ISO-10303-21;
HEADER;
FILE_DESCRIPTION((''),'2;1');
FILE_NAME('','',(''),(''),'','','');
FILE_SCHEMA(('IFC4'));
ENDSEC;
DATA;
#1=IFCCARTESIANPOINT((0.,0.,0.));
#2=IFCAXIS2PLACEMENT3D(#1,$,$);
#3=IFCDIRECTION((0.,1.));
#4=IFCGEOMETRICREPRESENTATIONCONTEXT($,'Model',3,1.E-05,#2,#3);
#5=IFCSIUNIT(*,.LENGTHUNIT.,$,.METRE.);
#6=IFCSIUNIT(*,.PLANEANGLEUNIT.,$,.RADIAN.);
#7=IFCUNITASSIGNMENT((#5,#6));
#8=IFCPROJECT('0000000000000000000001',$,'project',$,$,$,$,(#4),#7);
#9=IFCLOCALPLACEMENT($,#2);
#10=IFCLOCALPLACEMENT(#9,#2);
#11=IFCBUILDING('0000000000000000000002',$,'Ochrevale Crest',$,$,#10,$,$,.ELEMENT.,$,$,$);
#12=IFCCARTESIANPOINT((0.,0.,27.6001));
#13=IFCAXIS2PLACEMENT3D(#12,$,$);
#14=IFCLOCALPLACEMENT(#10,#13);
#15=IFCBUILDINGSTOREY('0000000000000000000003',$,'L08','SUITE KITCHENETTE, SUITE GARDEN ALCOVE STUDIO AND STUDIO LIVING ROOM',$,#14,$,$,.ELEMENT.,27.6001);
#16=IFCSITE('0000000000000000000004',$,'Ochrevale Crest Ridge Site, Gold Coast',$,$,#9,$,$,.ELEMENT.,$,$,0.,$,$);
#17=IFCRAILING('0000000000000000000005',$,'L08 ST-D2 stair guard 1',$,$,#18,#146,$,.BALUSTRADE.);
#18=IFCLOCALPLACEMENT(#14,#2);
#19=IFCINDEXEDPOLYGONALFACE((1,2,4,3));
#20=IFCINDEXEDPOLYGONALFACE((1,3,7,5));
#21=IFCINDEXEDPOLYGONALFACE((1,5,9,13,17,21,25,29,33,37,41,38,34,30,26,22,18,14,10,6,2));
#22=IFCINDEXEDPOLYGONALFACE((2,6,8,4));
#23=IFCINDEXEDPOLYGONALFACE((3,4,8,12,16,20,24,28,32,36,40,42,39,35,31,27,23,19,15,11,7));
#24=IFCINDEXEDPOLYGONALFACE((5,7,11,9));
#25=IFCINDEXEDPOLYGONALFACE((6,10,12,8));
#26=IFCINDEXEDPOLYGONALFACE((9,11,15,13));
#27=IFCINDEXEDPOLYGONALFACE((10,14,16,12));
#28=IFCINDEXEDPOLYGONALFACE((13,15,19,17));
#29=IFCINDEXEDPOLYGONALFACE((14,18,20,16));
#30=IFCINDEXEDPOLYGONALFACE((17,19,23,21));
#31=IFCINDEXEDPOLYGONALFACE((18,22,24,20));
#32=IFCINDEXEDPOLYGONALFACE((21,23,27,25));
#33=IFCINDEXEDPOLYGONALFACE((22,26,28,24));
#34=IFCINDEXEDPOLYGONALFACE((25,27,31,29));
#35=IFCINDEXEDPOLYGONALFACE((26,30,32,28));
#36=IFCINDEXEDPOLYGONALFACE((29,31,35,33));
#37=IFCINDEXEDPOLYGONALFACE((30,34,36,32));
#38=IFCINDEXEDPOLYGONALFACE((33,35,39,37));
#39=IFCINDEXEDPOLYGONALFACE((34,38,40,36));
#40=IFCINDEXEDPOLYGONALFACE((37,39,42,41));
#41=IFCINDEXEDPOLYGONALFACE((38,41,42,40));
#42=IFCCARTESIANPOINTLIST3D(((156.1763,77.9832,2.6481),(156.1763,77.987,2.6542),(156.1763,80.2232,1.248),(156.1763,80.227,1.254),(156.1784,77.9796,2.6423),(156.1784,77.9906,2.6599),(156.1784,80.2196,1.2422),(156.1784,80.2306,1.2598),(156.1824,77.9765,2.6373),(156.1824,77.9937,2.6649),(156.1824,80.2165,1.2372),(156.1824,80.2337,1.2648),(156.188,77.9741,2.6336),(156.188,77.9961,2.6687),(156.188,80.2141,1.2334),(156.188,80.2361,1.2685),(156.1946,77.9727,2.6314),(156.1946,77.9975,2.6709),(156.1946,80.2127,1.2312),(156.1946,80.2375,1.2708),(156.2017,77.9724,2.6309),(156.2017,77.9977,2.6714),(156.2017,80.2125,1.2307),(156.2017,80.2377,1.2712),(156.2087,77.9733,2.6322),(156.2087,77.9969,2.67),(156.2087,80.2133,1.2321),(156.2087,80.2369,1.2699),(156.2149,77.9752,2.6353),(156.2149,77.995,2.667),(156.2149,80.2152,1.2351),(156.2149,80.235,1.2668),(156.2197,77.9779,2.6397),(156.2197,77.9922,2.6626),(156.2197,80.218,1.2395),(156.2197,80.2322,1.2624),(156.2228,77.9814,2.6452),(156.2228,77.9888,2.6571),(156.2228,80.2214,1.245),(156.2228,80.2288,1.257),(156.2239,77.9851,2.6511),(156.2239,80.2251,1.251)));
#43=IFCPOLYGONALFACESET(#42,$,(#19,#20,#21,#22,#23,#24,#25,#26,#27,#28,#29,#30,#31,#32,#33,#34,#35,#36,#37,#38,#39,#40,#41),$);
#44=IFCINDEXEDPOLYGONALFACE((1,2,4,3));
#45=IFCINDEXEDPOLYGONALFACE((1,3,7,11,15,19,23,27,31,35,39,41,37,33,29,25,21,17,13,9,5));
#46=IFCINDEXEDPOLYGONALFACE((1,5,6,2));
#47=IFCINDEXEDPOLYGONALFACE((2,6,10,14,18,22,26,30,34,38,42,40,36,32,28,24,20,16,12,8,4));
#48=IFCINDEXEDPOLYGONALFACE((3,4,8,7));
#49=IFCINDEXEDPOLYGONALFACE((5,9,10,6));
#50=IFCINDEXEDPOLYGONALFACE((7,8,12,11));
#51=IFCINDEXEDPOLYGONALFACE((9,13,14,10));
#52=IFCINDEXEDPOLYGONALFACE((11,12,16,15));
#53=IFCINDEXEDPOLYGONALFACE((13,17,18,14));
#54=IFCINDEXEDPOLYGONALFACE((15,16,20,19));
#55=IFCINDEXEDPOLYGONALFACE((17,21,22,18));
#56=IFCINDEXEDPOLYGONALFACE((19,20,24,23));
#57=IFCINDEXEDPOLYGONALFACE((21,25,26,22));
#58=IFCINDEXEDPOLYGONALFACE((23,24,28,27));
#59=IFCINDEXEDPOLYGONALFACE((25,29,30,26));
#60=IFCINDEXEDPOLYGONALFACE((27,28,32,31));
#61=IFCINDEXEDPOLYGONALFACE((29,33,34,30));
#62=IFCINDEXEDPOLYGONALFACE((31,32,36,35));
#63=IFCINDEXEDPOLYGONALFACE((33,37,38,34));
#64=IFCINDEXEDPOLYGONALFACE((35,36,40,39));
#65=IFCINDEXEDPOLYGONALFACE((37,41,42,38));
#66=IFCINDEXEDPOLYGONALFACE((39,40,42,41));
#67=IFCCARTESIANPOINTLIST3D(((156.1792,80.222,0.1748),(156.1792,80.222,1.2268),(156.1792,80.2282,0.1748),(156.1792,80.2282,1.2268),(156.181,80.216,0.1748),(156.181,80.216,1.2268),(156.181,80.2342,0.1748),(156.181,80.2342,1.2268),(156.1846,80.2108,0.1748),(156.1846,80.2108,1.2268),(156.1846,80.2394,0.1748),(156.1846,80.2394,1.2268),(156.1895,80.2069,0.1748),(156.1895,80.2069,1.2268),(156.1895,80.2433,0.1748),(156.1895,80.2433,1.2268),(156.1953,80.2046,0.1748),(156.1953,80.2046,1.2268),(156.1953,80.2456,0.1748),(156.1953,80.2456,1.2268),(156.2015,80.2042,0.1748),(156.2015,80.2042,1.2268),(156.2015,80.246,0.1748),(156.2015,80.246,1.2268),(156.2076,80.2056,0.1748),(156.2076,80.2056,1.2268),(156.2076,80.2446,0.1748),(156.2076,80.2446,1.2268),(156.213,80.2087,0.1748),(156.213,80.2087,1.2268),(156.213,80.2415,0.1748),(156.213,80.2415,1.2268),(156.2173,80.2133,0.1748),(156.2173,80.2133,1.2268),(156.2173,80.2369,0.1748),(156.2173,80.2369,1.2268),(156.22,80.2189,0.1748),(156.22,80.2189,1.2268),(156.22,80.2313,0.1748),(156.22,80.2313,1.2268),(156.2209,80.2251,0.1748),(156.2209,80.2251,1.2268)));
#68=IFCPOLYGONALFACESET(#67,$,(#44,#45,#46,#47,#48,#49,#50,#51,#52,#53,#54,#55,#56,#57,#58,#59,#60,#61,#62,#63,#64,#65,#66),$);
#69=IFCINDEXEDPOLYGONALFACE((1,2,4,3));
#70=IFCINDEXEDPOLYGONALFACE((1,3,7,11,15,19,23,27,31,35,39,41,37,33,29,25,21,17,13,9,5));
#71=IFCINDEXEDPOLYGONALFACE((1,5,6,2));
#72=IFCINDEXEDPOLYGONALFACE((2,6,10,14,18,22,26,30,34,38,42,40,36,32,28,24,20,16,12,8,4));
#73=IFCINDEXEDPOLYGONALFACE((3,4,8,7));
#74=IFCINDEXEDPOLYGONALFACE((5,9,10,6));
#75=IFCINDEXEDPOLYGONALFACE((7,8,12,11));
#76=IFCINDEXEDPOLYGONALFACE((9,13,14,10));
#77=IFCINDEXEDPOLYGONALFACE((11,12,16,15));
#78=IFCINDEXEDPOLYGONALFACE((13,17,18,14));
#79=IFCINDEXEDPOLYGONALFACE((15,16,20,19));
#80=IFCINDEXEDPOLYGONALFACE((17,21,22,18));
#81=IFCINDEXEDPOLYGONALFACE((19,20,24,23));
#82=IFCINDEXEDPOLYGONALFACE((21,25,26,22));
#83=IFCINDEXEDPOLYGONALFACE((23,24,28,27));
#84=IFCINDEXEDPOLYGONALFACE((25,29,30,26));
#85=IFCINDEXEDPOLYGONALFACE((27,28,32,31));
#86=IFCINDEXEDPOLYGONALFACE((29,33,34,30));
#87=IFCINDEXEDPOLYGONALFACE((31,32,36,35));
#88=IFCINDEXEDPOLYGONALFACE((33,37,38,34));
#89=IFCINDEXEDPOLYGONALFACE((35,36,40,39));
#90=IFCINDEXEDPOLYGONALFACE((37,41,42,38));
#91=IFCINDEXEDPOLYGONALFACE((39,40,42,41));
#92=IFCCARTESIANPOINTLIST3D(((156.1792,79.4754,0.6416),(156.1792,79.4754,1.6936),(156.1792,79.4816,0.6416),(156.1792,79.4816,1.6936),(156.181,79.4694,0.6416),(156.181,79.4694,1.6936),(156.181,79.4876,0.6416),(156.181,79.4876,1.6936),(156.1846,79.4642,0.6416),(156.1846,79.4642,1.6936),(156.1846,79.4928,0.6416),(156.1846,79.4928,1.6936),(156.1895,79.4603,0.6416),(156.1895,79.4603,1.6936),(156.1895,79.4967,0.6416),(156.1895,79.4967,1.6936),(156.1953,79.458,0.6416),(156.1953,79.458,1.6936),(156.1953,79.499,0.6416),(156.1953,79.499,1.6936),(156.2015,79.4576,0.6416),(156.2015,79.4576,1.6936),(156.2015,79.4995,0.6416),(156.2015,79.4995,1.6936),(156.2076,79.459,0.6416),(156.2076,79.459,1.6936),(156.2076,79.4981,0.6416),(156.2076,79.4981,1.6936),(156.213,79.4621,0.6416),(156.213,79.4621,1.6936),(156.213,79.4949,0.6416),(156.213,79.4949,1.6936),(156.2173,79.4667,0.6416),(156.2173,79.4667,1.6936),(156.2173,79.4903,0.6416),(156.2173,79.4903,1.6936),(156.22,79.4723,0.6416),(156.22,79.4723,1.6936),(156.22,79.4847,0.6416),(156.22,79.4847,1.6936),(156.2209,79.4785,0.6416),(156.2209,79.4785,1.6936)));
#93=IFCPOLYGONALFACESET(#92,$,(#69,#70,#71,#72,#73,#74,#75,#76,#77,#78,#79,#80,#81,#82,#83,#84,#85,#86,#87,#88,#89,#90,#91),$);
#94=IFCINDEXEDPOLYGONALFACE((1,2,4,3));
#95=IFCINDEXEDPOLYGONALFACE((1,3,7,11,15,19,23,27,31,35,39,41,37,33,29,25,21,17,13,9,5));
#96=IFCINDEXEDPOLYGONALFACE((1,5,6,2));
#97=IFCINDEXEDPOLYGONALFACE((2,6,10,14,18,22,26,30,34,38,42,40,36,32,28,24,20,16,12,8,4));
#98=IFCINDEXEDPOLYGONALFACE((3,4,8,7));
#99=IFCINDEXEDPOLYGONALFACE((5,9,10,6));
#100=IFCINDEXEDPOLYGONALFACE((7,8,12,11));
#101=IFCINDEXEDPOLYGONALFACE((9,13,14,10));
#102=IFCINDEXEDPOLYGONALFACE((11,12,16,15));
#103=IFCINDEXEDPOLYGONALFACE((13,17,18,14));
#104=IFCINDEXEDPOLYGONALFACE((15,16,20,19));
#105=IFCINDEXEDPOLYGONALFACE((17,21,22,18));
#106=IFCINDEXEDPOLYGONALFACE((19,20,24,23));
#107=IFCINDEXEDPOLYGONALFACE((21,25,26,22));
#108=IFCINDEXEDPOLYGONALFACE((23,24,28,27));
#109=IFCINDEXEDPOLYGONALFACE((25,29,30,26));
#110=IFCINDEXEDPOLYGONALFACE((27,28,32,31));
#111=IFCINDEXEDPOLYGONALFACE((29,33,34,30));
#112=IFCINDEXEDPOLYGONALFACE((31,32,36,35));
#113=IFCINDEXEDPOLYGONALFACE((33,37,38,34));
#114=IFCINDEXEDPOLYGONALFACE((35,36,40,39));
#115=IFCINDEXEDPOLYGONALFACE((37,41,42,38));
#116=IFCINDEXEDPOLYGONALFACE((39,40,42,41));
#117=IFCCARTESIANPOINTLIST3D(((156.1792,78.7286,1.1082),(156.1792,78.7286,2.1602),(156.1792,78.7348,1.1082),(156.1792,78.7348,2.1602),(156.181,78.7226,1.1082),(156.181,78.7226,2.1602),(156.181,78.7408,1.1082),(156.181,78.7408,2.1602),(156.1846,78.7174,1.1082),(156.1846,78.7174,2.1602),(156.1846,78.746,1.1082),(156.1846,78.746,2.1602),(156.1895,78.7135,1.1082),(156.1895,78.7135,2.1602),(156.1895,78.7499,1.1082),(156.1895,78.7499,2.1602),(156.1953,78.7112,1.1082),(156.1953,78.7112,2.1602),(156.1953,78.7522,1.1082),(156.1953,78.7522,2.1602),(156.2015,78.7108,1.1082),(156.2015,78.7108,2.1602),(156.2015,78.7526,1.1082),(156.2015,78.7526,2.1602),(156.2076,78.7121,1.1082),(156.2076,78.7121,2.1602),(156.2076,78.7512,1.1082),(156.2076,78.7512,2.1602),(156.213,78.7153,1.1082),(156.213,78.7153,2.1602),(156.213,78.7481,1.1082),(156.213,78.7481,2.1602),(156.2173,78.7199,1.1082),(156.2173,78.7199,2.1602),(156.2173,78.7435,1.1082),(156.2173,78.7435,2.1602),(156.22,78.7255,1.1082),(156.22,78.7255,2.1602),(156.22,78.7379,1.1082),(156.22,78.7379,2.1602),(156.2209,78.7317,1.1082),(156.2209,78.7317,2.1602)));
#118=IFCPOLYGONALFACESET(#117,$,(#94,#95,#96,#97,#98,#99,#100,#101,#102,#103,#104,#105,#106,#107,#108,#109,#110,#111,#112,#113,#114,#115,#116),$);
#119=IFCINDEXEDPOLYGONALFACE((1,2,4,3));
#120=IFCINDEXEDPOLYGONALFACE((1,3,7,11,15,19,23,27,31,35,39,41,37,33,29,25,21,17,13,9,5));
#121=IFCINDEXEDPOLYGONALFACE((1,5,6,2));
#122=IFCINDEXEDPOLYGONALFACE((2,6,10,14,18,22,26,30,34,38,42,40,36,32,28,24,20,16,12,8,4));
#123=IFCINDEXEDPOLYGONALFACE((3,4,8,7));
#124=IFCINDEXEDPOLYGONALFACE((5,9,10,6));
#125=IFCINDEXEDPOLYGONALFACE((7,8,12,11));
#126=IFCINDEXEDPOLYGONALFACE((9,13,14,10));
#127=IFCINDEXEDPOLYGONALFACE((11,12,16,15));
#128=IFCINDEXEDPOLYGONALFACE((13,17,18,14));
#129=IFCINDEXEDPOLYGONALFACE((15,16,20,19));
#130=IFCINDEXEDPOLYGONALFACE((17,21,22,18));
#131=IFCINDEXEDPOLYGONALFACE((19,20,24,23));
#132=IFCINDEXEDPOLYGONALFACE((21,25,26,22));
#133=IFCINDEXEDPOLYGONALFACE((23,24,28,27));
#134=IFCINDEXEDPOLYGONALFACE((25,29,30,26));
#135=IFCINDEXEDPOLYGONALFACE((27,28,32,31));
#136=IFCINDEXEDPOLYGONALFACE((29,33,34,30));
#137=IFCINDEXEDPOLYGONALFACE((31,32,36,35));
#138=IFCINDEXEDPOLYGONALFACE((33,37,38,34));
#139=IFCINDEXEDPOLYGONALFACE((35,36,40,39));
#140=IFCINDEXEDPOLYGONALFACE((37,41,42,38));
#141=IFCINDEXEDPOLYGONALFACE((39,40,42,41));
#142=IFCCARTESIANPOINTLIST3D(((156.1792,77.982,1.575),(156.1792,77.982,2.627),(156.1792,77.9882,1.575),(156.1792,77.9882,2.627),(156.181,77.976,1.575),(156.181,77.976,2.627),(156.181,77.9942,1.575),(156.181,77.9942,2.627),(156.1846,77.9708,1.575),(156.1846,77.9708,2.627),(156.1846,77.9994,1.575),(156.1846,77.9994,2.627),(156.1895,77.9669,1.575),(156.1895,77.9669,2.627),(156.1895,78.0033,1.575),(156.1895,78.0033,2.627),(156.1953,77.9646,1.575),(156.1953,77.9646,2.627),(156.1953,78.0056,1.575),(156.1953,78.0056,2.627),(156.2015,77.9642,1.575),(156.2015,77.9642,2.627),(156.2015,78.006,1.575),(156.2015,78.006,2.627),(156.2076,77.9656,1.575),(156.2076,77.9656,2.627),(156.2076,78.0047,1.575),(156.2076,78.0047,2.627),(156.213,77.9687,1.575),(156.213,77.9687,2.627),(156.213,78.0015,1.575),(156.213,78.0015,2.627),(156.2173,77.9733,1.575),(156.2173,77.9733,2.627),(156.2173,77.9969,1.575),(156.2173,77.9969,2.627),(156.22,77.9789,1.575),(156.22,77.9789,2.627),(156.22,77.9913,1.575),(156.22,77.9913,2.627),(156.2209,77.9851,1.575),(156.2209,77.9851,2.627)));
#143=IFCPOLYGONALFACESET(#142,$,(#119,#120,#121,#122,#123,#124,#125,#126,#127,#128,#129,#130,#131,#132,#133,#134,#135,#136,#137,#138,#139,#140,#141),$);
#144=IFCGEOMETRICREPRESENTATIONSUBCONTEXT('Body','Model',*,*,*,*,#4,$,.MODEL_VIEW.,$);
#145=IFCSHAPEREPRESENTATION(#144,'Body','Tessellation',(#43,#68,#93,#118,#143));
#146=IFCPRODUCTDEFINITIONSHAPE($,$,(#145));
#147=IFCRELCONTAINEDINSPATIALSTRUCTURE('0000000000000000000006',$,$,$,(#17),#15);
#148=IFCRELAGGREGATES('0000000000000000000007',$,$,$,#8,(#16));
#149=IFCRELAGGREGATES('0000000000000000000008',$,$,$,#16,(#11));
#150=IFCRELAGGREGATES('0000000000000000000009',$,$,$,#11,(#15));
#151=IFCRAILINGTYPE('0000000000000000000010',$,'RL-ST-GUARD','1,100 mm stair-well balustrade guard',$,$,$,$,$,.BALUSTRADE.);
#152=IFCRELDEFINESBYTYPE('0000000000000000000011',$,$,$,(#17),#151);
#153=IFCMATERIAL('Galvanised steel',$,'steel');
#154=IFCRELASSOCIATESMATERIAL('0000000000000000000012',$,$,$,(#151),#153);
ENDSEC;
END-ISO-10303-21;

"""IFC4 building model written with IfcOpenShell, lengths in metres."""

from ifc_helpers import new_model, si_unit, direction, frame, origin, origin_2d, place, context, subcontext, project, spatial, circle, extrude, material, type_object, element, save


model = new_model("IFC4")

# Units and contexts
model_context = context("Model", 3, precision=1e-05, world=origin(), true_north=direction((0.0, 1.0)))
body_context = subcontext(model_context, "Body", "Model", "MODEL_VIEW")
ifc_project = project(units=[si_unit("LENGTHUNIT", "METRE"), si_unit("PLANEANGLEUNIT", "RADIAN")], contexts=[model_context])

# Site, building, storey
site_placement = place(None, origin())
site = spatial("IfcSite", under=ifc_project, at=site_placement, Name="Ochrevale Crest Ridge Site, Gold Coast", CompositionType="ELEMENT", RefElevation=0.0)
building_placement = place(site_placement, origin())
building = spatial("IfcBuilding", under=site, at=building_placement, Name="Ochrevale Crest", CompositionType="ELEMENT")
storey_placement = place(building_placement, frame((0.0, 0.0, 27.6001)))
storey = spatial("IfcBuildingStorey", under=building, at=storey_placement, Name="L08", Description="SUITE KITCHENETTE, SUITE GARDEN ALCOVE STUDIO AND STUDIO LIVING ROOM", CompositionType="ELEMENT", Elevation=27.6001)

# Railing
ifc_material_1 = material(Name="Galvanised steel", Category="steel")
railing_type = type_object("IfcRailingType", Name="RL-ST-GUARD", Description="1,100 mm stair-well balustrade guard", PredefinedType="BALUSTRADE", material=ifc_material_1)
railing_1_placement = place(storey_placement, frame((156.2, 80.2251, 0.1748)))
element("IfcRailing", 1, at=railing_1_placement, inside=storey, type_object=railing_type, Name="L08 ST-D2 stair guard 1", PredefinedType="BALUSTRADE", context=body_context, shape_type="SweptSolid", body=[
    extrude(circle(Radius=0.0239, at=origin_2d()), frame((0.0, 0.0, 1.0762), z_axis=(0.0, -0.847972, 0.53004), x_axis=(1.0, 0.0, 0.0)), (0.0, 0.0, 1.0), 2.6416),
    extrude(circle(Radius=0.021, at=origin_2d()), origin(), (0.0, 0.0, 1.0), 1.052),
    extrude(circle(Radius=0.021, at=origin_2d()), frame((0.0, -0.7466, 0.4668)), (0.0, 0.0, 1.0), 1.052),
    extrude(circle(Radius=0.021, at=origin_2d()), frame((0.0, -1.4934, 0.9333)), (0.0, 0.0, 1.0), 1.052),
    extrude(circle(Radius=0.021, at=origin_2d()), frame((0.0, -2.24, 1.4001)), (0.0, 0.0, 1.0), 1.052),
])

save(model, "model.ifc")
